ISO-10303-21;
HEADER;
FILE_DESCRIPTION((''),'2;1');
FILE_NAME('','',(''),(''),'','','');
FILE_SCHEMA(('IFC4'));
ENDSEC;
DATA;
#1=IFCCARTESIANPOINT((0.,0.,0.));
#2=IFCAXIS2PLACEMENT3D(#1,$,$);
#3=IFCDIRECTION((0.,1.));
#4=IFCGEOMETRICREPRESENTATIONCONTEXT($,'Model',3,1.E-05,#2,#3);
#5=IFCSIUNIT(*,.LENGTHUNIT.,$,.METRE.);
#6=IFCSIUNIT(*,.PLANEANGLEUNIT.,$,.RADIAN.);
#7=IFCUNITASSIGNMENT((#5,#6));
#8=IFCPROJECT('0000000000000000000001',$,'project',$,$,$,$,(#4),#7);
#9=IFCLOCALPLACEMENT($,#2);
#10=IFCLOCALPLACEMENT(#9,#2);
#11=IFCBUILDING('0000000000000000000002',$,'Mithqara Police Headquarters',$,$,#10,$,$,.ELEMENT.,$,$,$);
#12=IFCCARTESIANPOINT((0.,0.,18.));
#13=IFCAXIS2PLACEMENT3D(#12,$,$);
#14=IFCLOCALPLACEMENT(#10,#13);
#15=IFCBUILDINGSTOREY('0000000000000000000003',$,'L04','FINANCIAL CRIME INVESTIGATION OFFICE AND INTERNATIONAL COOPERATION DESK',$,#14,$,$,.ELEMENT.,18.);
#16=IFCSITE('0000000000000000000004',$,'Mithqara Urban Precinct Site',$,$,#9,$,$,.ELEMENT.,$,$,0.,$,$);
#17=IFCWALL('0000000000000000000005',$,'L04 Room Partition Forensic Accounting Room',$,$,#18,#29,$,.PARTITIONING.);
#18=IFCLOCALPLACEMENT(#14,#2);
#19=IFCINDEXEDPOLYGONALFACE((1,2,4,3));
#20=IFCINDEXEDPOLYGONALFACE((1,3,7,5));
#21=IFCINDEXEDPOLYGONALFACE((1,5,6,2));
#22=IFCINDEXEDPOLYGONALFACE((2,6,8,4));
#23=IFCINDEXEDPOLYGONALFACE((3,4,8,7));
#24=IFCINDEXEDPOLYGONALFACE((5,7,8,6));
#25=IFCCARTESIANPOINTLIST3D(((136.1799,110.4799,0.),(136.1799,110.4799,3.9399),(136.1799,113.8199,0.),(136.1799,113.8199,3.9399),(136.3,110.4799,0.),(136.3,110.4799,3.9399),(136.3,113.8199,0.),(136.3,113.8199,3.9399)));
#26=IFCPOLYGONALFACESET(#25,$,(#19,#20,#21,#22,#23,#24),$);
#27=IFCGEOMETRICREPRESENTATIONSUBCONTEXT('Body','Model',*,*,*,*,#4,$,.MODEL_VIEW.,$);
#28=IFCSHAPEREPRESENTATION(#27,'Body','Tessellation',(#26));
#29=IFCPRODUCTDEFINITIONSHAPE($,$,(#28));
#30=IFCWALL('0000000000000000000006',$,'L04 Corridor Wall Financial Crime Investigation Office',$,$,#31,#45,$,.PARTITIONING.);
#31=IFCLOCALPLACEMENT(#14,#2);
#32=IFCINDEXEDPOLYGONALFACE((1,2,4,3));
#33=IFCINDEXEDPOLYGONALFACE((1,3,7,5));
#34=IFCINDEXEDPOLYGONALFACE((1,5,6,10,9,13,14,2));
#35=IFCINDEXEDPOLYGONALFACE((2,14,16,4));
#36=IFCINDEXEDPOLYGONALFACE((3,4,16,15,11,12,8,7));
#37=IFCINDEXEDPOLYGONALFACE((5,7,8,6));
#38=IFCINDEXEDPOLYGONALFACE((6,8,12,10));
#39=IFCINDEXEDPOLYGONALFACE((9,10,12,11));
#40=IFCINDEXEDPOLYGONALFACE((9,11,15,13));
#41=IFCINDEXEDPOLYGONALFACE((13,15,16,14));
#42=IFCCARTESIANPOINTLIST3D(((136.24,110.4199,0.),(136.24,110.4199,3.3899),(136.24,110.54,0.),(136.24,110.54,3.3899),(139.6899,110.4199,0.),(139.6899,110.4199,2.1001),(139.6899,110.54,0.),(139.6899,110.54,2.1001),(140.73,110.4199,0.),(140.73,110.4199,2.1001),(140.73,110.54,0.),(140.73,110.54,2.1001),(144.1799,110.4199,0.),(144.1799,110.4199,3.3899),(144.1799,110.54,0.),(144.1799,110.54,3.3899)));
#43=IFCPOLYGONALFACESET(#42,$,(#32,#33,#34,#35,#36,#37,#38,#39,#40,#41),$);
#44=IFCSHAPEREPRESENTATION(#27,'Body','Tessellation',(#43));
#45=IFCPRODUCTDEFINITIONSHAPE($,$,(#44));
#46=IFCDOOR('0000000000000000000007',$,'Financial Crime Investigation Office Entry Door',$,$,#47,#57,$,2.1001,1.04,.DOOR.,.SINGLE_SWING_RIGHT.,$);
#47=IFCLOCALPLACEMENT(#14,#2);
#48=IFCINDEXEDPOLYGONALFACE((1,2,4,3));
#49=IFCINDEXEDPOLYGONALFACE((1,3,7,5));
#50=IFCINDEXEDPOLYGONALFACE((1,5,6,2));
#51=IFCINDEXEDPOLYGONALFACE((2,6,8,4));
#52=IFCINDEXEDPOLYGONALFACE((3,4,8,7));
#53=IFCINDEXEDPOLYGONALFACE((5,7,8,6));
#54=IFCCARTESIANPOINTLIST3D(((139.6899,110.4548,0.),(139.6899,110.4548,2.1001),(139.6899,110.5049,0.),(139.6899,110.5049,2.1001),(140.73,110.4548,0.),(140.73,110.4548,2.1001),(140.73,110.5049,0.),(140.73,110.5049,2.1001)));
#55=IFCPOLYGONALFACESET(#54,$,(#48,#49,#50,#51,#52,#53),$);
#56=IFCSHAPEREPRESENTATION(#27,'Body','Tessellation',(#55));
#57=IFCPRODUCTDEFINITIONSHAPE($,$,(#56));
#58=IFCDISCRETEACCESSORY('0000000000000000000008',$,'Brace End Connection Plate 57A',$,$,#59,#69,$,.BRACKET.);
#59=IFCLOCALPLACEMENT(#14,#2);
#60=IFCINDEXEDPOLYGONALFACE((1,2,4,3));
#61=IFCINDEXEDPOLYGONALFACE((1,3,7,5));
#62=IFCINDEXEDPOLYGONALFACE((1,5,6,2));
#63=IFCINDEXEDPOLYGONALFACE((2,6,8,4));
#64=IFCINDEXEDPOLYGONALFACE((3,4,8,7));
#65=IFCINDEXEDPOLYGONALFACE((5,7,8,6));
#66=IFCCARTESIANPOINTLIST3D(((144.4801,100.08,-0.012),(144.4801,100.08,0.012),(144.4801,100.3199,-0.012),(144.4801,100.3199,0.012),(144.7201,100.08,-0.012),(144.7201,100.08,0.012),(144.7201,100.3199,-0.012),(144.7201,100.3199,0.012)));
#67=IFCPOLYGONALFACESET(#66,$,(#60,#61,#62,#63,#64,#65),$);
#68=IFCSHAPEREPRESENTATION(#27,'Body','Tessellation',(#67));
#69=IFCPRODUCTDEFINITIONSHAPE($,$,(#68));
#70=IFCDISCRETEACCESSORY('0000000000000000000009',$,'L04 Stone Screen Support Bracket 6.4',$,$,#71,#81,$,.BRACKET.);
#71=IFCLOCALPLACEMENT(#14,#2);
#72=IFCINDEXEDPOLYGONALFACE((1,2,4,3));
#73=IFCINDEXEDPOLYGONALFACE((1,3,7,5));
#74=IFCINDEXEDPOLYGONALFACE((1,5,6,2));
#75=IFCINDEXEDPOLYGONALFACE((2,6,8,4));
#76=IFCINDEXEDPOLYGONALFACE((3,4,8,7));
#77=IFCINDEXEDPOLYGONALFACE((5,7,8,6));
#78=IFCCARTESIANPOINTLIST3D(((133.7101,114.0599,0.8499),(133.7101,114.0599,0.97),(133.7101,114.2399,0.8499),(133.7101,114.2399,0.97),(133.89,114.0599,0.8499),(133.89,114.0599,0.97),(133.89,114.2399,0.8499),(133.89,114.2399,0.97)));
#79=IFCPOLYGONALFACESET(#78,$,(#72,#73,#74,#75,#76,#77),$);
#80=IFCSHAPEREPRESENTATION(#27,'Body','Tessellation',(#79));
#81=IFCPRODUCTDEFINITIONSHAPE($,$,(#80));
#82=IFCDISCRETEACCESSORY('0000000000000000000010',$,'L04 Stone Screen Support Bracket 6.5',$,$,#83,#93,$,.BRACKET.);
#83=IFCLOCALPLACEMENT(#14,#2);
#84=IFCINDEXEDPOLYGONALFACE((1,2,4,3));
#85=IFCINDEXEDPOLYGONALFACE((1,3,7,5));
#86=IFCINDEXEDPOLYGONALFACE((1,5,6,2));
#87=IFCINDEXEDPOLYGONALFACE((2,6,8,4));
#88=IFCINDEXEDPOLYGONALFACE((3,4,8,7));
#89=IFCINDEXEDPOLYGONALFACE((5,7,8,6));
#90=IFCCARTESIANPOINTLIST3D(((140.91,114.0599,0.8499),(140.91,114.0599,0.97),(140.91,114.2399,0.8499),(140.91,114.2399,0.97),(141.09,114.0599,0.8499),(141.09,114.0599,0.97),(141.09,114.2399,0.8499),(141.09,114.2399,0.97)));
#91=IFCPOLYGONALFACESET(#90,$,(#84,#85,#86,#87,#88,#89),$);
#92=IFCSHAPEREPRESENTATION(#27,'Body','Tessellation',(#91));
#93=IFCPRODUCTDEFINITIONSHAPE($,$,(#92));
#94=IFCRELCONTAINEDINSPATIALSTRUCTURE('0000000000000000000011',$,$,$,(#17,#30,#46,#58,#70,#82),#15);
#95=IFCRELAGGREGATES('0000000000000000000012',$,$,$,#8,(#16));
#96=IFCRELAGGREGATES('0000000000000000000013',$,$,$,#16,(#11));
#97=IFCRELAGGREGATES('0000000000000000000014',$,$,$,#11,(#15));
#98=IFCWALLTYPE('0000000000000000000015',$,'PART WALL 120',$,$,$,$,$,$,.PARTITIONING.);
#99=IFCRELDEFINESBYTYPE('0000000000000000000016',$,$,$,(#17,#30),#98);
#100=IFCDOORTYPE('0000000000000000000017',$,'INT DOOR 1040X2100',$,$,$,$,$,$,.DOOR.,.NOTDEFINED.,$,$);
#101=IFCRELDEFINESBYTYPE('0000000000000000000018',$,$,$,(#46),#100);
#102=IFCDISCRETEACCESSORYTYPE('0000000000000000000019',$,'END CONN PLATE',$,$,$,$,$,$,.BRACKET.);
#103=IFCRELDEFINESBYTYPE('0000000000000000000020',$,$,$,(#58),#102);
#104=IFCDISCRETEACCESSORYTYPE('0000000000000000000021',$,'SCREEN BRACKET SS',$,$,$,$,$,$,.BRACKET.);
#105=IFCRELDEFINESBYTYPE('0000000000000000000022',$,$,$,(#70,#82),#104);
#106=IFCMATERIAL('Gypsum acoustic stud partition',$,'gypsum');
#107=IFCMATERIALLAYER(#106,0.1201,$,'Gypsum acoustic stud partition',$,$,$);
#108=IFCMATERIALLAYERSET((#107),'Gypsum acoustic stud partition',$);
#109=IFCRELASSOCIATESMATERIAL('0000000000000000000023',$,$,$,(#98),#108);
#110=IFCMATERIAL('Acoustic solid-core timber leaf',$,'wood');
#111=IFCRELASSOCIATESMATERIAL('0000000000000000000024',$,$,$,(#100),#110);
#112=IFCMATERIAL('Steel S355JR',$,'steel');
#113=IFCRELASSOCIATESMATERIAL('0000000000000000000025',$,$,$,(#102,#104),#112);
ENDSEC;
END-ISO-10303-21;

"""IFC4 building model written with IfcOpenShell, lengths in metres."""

from ifc_helpers import new_model, si_unit, direction, frame, frame_2d, origin, origin_2d, place, context, subcontext, project, spatial, rectangle, extrude, material, layer, layer_set, type_object, element, fill, save


model = new_model("IFC4")

# Units and contexts
model_context = context("Model", 3, precision=1e-05, world=origin(), true_north=direction((0.0, 1.0)))
body_context = subcontext(model_context, "Body", "Model", "MODEL_VIEW")
ifc_project = project(units=[si_unit("LENGTHUNIT", "METRE"), si_unit("PLANEANGLEUNIT", "RADIAN")], contexts=[model_context])

# Site, building, storey
site_placement = place(None, origin())
site = spatial("IfcSite", under=ifc_project, at=site_placement, Name="Mithqara Urban Precinct Site", CompositionType="ELEMENT", RefElevation=0.0)
building_placement = place(site_placement, origin())
building = spatial("IfcBuilding", under=site, at=building_placement, Name="Mithqara Police Headquarters", CompositionType="ELEMENT")
storey_placement = place(building_placement, frame((0.0, 0.0, 18.0)))
storey = spatial("IfcBuildingStorey", under=building, at=storey_placement, Name="L04", Description="FINANCIAL CRIME INVESTIGATION OFFICE AND INTERNATIONAL COOPERATION DESK", CompositionType="ELEMENT", Elevation=18.0)

# Shared definitions
ifc_material_1 = material(Name="Steel S355JR", Category="steel")

# Shared definitions
ifc_material_2 = material(Name="Gypsum acoustic stud partition", Category="gypsum")
ifc_layer_1 = layer(ifc_material_2, 0.1201, Name="Gypsum acoustic stud partition")
ifc_layer_set_1 = layer_set([ifc_layer_1], Name="Gypsum acoustic stud partition")
wall_type = type_object("IfcWallType", Name="PART WALL 120", PredefinedType="PARTITIONING", material=ifc_layer_set_1)

# Shared definitions
ifc_material_3 = material(Name="Acoustic solid-core timber leaf", Category="wood")

# Wall
wall_1_placement = place(storey_placement, frame((136.24, 110.48, 0.0), z_axis=(0.0, 0.0, 1.0), x_axis=(0.0, 1.0, 0.0)))
element("IfcWall", 1, at=wall_1_placement, inside=storey, type_object=wall_type, Name="L04 Room Partition Forensic Accounting Room", PredefinedType="PARTITIONING", context=body_context, shape_type="SweptSolid", body=[
    extrude(rectangle(XDim=3.3401, YDim=0.1201, at=frame_2d((1.6699, 0.0))), origin(), (0.0, 0.0, 1.0), 3.9399),
])

# Wall, opening, door
wall_2_placement = place(storey_placement, frame((136.24, 110.48, 0.0), z_axis=(0.0, 0.0, 1.0), x_axis=(1.0, 0.0, 0.0)))
wall_2 = element("IfcWall", 2, at=wall_2_placement, inside=storey, type_object=wall_type, Name="L04 Corridor Wall Financial Crime Investigation Office", PredefinedType="PARTITIONING", context=body_context, shape_type="SweptSolid", body=[
    extrude(rectangle(XDim=7.9399, YDim=0.1201, at=frame_2d((3.97, 0.0))), origin(), (0.0, 0.0, 1.0), 3.3899),
])
opening_1_placement = place(wall_2_placement, frame((3.45, 0.0, 0.0)))
opening_1 = element("IfcOpeningElement", 3, at=opening_1_placement, cuts=wall_2, PredefinedType="OPENING", context=body_context, shape_type="SweptSolid", body=[
    extrude(rectangle(XDim=1.04, YDim=2.1001, at=frame_2d((0.52, 1.05))), frame((0.0, 0.0701, 0.0), z_axis=(0.0, -1.0, 0.0), x_axis=(1.0, 0.0, 0.0)), (0.0, 0.0, 1.0), 0.1401),
])
door_type_1 = type_object("IfcDoorType", Name="INT DOOR 1040X2100", OperationType="NOTDEFINED", PredefinedType="DOOR", material=ifc_material_3)
door_1_placement = place(opening_1_placement, origin())
door_1 = element("IfcDoor", 4, at=door_1_placement, inside=storey, type_object=door_type_1, Name="Financial Crime Investigation Office Entry Door", OperationType="SINGLE_SWING_RIGHT", OverallHeight=2.1001, OverallWidth=1.04, PredefinedType="DOOR", context=body_context, shape_type="SweptSolid", body=[
    extrude(rectangle(XDim=1.04, YDim=2.1001, at=frame_2d((0.52, 1.05))), frame((0.0, 0.0249, 0.0), z_axis=(0.0, -1.0, 0.0), x_axis=(1.0, 0.0, 0.0)), (0.0, 0.0, 1.0), 0.05),
])
fill(opening_1, door_1)

# Discrete accessories
discrete_accessory_type_1 = type_object("IfcDiscreteAccessoryType", Name="END CONN PLATE", PredefinedType="BRACKET", material=ifc_material_1)
discrete_accessory_placement = place(storey_placement, frame((144.6001, 100.2, -0.012), z_axis=(0.0, 0.0, 1.0), x_axis=(1.0, 0.0, 0.0)))
element("IfcDiscreteAccessory", 5, at=discrete_accessory_placement, inside=storey, type_object=discrete_accessory_type_1, Name="Brace End Connection Plate 57A", PredefinedType="BRACKET", context=body_context, shape_type="SweptSolid", body=[
    extrude(rectangle(XDim=0.24, YDim=0.24, at=origin_2d()), origin(), (0.0, 0.0, 1.0), 0.0239),
])
discrete_accessory_type_2 = type_object("IfcDiscreteAccessoryType", Name="SCREEN BRACKET SS", PredefinedType="BRACKET", material=ifc_material_1)
for number, where, z_axis, x_axis, name in (
    (6, (133.8, 114.1499, 0.8499), (0.0, 0.0, 1.0), (1.0, 0.0, 0.0), "L04 Stone Screen Support Bracket 6.4"),
    (7, (141.0, 114.1499, 0.8499), (0.0, 0.0, 1.0), (1.0, 0.0, 0.0), "L04 Stone Screen Support Bracket 6.5"),
):
    element("IfcDiscreteAccessory", number, at=place(storey_placement, frame(where, z_axis=z_axis, x_axis=x_axis)), inside=storey, type_object=discrete_accessory_type_2, Name=name, PredefinedType="BRACKET", context=body_context, shape_type="SweptSolid", body=[
        extrude(rectangle(XDim=0.1799, YDim=0.1799, at=origin_2d()), origin(), (0.0, 0.0, 1.0), 0.1201),
    ])

save(model, "model.ifc")
